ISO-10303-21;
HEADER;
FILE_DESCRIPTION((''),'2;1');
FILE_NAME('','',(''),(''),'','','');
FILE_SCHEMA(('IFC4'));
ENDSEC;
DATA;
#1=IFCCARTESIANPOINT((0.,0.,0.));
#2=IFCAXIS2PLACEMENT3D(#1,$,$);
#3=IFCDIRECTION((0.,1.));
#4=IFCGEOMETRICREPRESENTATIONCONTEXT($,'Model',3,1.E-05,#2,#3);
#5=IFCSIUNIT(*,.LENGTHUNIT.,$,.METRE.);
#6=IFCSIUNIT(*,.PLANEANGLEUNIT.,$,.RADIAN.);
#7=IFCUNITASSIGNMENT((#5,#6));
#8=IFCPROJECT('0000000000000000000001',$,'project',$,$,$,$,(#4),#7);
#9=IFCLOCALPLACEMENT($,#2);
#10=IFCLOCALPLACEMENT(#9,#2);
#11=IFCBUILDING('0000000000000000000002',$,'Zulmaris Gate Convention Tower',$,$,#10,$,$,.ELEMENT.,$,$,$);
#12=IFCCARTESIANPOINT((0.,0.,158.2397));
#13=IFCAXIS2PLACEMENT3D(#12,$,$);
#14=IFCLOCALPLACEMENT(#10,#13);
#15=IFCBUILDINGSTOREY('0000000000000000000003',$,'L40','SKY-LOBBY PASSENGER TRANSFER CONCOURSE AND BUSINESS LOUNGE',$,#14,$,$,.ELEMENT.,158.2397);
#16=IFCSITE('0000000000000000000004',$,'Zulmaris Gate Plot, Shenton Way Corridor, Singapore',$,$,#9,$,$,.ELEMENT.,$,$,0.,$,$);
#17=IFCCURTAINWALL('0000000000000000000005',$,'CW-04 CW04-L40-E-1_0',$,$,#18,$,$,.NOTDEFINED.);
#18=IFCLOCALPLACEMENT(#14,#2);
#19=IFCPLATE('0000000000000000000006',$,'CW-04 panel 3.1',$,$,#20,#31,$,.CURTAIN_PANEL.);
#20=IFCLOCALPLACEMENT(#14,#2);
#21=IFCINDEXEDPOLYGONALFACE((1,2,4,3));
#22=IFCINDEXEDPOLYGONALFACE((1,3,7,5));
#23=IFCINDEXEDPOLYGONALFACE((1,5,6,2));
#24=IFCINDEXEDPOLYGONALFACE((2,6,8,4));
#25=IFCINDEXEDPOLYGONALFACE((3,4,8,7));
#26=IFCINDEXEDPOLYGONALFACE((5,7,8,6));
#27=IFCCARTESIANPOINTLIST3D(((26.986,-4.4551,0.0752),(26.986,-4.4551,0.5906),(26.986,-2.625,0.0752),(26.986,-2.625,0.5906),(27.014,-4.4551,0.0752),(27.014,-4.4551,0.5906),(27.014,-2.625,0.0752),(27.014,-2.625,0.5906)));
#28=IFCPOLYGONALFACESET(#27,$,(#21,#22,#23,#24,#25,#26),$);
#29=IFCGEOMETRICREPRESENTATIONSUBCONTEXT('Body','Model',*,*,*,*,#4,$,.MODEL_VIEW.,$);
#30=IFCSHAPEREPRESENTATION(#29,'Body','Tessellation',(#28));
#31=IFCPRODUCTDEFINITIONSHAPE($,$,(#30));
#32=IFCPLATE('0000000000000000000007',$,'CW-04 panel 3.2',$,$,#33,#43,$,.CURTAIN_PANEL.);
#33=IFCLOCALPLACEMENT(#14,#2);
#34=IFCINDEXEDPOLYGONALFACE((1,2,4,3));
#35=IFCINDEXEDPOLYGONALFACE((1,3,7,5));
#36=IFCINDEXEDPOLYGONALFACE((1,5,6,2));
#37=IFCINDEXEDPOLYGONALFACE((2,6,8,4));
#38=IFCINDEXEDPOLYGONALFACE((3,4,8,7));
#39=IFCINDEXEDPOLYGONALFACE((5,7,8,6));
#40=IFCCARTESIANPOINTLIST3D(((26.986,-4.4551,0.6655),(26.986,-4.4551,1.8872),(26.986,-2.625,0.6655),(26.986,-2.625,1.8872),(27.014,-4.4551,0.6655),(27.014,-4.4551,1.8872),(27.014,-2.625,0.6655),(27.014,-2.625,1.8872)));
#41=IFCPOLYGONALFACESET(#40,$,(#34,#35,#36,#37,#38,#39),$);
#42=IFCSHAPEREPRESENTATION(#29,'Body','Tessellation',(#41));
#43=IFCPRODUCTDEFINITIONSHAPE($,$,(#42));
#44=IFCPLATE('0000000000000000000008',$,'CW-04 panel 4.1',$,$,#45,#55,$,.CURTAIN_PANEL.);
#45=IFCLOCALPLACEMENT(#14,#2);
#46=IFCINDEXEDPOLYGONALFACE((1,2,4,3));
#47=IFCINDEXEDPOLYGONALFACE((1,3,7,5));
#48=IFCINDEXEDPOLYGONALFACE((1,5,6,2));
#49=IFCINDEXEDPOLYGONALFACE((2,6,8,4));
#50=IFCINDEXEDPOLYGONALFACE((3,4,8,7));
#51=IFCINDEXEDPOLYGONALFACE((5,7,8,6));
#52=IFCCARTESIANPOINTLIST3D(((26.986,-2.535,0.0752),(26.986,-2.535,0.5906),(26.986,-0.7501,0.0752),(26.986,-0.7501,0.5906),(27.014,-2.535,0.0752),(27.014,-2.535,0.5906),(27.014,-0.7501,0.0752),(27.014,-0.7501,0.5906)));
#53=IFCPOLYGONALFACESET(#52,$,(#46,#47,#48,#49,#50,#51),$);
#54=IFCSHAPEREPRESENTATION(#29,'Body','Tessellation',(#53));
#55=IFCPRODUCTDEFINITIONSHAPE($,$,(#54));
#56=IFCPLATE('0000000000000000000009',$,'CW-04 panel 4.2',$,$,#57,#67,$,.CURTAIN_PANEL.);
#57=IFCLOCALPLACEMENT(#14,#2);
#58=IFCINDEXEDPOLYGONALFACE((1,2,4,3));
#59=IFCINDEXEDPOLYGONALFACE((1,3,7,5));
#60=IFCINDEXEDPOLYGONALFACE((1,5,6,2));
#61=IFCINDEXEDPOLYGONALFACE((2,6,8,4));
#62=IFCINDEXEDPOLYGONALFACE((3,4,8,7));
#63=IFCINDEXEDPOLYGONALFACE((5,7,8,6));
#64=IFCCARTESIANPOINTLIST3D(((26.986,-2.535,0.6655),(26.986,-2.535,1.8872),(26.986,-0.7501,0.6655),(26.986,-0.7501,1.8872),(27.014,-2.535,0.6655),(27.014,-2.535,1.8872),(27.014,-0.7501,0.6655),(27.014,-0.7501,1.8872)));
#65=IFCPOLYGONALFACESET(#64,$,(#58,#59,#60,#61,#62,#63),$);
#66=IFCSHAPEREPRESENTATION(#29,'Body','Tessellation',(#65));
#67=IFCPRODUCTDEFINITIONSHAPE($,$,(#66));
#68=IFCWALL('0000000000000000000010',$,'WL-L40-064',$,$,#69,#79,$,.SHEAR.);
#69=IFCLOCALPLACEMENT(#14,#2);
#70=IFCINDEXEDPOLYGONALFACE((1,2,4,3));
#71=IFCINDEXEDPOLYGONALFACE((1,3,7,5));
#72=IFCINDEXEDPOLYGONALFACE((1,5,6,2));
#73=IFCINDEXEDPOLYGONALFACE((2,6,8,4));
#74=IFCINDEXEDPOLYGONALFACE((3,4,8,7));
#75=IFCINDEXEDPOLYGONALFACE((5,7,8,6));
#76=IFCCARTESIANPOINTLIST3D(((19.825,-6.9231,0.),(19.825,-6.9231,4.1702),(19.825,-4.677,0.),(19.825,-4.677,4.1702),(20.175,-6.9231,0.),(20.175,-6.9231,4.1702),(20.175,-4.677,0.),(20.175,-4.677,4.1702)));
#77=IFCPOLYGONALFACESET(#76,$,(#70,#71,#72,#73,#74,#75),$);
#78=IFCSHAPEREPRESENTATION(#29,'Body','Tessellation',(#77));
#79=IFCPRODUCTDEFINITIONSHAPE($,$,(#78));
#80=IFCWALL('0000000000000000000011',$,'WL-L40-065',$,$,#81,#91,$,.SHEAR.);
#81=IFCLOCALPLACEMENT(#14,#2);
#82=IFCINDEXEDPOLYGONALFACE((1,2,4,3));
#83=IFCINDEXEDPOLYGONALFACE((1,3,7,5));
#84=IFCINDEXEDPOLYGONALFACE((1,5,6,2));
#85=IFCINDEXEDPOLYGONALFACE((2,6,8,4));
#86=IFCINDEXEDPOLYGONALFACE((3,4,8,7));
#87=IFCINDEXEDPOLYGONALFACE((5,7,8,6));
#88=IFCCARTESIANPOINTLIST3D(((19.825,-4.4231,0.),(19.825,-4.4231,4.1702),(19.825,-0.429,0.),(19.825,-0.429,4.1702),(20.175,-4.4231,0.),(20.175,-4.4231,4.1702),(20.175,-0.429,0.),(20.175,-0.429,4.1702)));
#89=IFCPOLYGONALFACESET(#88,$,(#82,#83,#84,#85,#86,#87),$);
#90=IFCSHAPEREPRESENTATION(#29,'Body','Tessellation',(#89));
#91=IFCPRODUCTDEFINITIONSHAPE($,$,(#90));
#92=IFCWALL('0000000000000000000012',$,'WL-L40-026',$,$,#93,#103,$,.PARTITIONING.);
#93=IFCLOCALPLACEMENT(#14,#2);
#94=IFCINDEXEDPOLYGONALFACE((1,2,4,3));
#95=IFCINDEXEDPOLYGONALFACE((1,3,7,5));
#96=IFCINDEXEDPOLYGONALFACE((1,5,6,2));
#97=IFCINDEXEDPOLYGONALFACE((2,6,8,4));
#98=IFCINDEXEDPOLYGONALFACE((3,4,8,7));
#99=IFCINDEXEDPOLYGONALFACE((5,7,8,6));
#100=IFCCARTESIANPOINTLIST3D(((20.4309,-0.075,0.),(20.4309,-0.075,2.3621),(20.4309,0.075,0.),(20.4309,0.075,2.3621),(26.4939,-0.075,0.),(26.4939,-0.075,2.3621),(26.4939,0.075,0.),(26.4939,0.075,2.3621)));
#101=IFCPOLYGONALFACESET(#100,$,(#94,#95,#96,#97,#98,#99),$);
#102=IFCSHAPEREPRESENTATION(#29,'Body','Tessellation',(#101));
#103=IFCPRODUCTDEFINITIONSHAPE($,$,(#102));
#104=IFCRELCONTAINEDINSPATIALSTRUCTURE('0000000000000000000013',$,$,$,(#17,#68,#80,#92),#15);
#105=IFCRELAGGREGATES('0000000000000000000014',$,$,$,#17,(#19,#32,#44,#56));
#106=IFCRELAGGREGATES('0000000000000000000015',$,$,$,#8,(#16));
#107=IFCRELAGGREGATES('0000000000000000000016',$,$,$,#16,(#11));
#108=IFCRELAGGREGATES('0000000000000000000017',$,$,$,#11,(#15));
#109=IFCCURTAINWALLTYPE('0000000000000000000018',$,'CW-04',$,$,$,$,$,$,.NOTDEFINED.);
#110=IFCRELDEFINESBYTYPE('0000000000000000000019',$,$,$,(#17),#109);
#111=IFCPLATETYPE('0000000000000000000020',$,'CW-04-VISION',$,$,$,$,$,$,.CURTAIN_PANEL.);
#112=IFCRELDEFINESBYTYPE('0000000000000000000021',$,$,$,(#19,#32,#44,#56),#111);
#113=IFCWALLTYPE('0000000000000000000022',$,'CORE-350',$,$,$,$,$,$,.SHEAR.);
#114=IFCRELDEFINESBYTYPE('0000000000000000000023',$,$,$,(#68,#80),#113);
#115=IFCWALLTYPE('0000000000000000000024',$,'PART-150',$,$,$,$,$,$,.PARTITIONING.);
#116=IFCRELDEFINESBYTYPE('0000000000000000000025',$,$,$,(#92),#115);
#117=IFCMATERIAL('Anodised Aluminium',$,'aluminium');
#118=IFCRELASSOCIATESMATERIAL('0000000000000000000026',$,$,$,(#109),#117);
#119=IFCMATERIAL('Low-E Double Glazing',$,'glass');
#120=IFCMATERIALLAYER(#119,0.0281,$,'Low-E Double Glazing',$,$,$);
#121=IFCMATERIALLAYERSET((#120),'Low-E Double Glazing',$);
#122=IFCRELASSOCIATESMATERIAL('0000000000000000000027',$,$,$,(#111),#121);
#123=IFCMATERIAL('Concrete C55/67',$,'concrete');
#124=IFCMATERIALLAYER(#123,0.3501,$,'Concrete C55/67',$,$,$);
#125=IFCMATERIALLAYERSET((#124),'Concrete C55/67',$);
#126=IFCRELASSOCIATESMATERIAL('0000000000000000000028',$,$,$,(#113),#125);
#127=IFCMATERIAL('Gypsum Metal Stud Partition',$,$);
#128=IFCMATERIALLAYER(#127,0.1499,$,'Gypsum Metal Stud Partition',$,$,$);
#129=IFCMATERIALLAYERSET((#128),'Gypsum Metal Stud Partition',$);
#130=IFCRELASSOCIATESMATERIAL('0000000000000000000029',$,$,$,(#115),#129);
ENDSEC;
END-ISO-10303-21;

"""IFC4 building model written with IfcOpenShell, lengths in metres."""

from ifc_helpers import new_model, si_unit, direction, frame, frame_2d, origin, origin_2d, place, context, subcontext, project, spatial, rectangle, extrude, material, layer, layer_set, type_object, element, aggregate, save


model = new_model("IFC4")

# Units and contexts
model_context = context("Model", 3, precision=1e-05, world=origin(), true_north=direction((0.0, 1.0)))
body_context = subcontext(model_context, "Body", "Model", "MODEL_VIEW")
ifc_project = project(units=[si_unit("LENGTHUNIT", "METRE"), si_unit("PLANEANGLEUNIT", "RADIAN")], contexts=[model_context])

# Site, building, storey
site_placement = place(None, origin())
site = spatial("IfcSite", under=ifc_project, at=site_placement, Name="Zulmaris Gate Plot, Shenton Way Corridor, Singapore", CompositionType="ELEMENT", RefElevation=0.0)
building_placement = place(site_placement, origin())
building = spatial("IfcBuilding", under=site, at=building_placement, Name="Zulmaris Gate Convention Tower", CompositionType="ELEMENT")
storey_placement = place(building_placement, frame((0.0, 0.0, 158.2397)))
storey = spatial("IfcBuildingStorey", under=building, at=storey_placement, Name="L40", Description="SKY-LOBBY PASSENGER TRANSFER CONCOURSE AND BUSINESS LOUNGE", CompositionType="ELEMENT", Elevation=158.2397)

# Curtain wall, plates
ifc_material_1 = material(Name="Anodised Aluminium", Category="aluminium")
curtain_wall_type = type_object("IfcCurtainWallType", Name="CW-04", PredefinedType="NOTDEFINED", material=ifc_material_1)
curtain_wall_placement = place(storey_placement, origin())
curtain_wall = element("IfcCurtainWall", 1, at=curtain_wall_placement, inside=storey, type_object=curtain_wall_type, Name="CW-04 CW04-L40-E-1_0", PredefinedType="NOTDEFINED")
ifc_material_2 = material(Name="Low-E Double Glazing", Category="glass")
ifc_layer_1 = layer(ifc_material_2, 0.0281, Name="Low-E Double Glazing")
ifc_layer_set_1 = layer_set([ifc_layer_1], Name="Low-E Double Glazing")
plate_type = type_object("IfcPlateType", Name="CW-04-VISION", PredefinedType="CURTAIN_PANEL", material=ifc_layer_set_1)
plate_1_placement = place(storey_placement, frame((27.0, -3.54, 0.0752), z_axis=(0.0, 0.0, 1.0), x_axis=(0.0, 1.0, 0.0)))
plate_1 = element("IfcPlate", 2, at=plate_1_placement, type_object=plate_type, Name="CW-04 panel 3.1", PredefinedType="CURTAIN_PANEL", context=body_context, shape_type="SweptSolid", body=[
    extrude(rectangle(XDim=1.8301, YDim=0.0281, at=origin_2d()), origin(), (0.0, 0.0, 1.0), 0.5154),
])
plate_2_placement = place(storey_placement, frame((27.0, -3.54, 0.6655), z_axis=(0.0, 0.0, 1.0), x_axis=(0.0, 1.0, 0.0)))
plate_2 = element("IfcPlate", 3, at=plate_2_placement, type_object=plate_type, Name="CW-04 panel 3.2", PredefinedType="CURTAIN_PANEL", context=body_context, shape_type="SweptSolid", body=[
    extrude(rectangle(XDim=1.8301, YDim=0.0281, at=origin_2d()), origin(), (0.0, 0.0, 1.0), 1.2217),
])
plate_3_placement = place(storey_placement, frame((27.0, -1.6426, 0.0752), z_axis=(0.0, 0.0, 1.0), x_axis=(0.0, 1.0, 0.0)))
plate_3 = element("IfcPlate", 4, at=plate_3_placement, type_object=plate_type, Name="CW-04 panel 4.1", PredefinedType="CURTAIN_PANEL", context=body_context, shape_type="SweptSolid", body=[
    extrude(rectangle(XDim=1.7849, YDim=0.0281, at=origin_2d()), origin(), (0.0, 0.0, 1.0), 0.5154),
])
plate_4_placement = place(storey_placement, frame((27.0, -1.6426, 0.6655), z_axis=(0.0, 0.0, 1.0), x_axis=(0.0, 1.0, 0.0)))
plate_4 = element("IfcPlate", 5, at=plate_4_placement, type_object=plate_type, Name="CW-04 panel 4.2", PredefinedType="CURTAIN_PANEL", context=body_context, shape_type="SweptSolid", body=[
    extrude(rectangle(XDim=1.7849, YDim=0.0281, at=origin_2d()), origin(), (0.0, 0.0, 1.0), 1.2217),
])
aggregate(curtain_wall, [plate_1, plate_2, plate_3, plate_4])

# Walls
ifc_material_3 = material(Name="Concrete C55/67", Category="concrete")
ifc_layer_2 = layer(ifc_material_3, 0.3501, Name="Concrete C55/67")
ifc_layer_set_2 = layer_set([ifc_layer_2], Name="Concrete C55/67")
wall_type_1 = type_object("IfcWallType", Name="CORE-350", PredefinedType="SHEAR", material=ifc_layer_set_2)
wall_1_placement = place(storey_placement, frame((20.0, -6.9231, 0.0), z_axis=(0.0, 0.0, 1.0), x_axis=(0.0, 1.0, 0.0)))
element("IfcWall", 6, at=wall_1_placement, inside=storey, type_object=wall_type_1, Name="WL-L40-064", PredefinedType="SHEAR", context=body_context, shape_type="SweptSolid", body=[
    extrude(rectangle(XDim=2.2461, YDim=0.3501, at=frame_2d((1.123, 0.0))), origin(), (0.0, 0.0, 1.0), 4.1702),
])
wall_2_placement = place(storey_placement, frame((20.0, -4.4231, 0.0), z_axis=(0.0, 0.0, 1.0), x_axis=(0.0, 1.0, 0.0)))
element("IfcWall", 7, at=wall_2_placement, inside=storey, type_object=wall_type_1, Name="WL-L40-065", PredefinedType="SHEAR", context=body_context, shape_type="SweptSolid", body=[
    extrude(rectangle(XDim=3.9941, YDim=0.3501, at=frame_2d((1.9971, 0.0))), origin(), (0.0, 0.0, 1.0), 4.1702),
])
ifc_material_4 = material(Name="Gypsum Metal Stud Partition")
ifc_layer_3 = layer(ifc_material_4, 0.1499, Name="Gypsum Metal Stud Partition")
ifc_layer_set_3 = layer_set([ifc_layer_3], Name="Gypsum Metal Stud Partition")
wall_type_2 = type_object("IfcWallType", Name="PART-150", PredefinedType="PARTITIONING", material=ifc_layer_set_3)
wall_3_placement = place(storey_placement, frame((20.4309, 0.0, 0.0), z_axis=(0.0, 0.0, 1.0), x_axis=(1.0, 0.0, 0.0)))
element("IfcWall", 8, at=wall_3_placement, inside=storey, type_object=wall_type_2, Name="WL-L40-026", PredefinedType="PARTITIONING", context=body_context, shape_type="SweptSolid", body=[
    extrude(rectangle(XDim=6.063, YDim=0.1499, at=frame_2d((3.0315, 0.0))), origin(), (0.0, 0.0, 1.0), 2.3621),
])

save(model, "model.ifc")
